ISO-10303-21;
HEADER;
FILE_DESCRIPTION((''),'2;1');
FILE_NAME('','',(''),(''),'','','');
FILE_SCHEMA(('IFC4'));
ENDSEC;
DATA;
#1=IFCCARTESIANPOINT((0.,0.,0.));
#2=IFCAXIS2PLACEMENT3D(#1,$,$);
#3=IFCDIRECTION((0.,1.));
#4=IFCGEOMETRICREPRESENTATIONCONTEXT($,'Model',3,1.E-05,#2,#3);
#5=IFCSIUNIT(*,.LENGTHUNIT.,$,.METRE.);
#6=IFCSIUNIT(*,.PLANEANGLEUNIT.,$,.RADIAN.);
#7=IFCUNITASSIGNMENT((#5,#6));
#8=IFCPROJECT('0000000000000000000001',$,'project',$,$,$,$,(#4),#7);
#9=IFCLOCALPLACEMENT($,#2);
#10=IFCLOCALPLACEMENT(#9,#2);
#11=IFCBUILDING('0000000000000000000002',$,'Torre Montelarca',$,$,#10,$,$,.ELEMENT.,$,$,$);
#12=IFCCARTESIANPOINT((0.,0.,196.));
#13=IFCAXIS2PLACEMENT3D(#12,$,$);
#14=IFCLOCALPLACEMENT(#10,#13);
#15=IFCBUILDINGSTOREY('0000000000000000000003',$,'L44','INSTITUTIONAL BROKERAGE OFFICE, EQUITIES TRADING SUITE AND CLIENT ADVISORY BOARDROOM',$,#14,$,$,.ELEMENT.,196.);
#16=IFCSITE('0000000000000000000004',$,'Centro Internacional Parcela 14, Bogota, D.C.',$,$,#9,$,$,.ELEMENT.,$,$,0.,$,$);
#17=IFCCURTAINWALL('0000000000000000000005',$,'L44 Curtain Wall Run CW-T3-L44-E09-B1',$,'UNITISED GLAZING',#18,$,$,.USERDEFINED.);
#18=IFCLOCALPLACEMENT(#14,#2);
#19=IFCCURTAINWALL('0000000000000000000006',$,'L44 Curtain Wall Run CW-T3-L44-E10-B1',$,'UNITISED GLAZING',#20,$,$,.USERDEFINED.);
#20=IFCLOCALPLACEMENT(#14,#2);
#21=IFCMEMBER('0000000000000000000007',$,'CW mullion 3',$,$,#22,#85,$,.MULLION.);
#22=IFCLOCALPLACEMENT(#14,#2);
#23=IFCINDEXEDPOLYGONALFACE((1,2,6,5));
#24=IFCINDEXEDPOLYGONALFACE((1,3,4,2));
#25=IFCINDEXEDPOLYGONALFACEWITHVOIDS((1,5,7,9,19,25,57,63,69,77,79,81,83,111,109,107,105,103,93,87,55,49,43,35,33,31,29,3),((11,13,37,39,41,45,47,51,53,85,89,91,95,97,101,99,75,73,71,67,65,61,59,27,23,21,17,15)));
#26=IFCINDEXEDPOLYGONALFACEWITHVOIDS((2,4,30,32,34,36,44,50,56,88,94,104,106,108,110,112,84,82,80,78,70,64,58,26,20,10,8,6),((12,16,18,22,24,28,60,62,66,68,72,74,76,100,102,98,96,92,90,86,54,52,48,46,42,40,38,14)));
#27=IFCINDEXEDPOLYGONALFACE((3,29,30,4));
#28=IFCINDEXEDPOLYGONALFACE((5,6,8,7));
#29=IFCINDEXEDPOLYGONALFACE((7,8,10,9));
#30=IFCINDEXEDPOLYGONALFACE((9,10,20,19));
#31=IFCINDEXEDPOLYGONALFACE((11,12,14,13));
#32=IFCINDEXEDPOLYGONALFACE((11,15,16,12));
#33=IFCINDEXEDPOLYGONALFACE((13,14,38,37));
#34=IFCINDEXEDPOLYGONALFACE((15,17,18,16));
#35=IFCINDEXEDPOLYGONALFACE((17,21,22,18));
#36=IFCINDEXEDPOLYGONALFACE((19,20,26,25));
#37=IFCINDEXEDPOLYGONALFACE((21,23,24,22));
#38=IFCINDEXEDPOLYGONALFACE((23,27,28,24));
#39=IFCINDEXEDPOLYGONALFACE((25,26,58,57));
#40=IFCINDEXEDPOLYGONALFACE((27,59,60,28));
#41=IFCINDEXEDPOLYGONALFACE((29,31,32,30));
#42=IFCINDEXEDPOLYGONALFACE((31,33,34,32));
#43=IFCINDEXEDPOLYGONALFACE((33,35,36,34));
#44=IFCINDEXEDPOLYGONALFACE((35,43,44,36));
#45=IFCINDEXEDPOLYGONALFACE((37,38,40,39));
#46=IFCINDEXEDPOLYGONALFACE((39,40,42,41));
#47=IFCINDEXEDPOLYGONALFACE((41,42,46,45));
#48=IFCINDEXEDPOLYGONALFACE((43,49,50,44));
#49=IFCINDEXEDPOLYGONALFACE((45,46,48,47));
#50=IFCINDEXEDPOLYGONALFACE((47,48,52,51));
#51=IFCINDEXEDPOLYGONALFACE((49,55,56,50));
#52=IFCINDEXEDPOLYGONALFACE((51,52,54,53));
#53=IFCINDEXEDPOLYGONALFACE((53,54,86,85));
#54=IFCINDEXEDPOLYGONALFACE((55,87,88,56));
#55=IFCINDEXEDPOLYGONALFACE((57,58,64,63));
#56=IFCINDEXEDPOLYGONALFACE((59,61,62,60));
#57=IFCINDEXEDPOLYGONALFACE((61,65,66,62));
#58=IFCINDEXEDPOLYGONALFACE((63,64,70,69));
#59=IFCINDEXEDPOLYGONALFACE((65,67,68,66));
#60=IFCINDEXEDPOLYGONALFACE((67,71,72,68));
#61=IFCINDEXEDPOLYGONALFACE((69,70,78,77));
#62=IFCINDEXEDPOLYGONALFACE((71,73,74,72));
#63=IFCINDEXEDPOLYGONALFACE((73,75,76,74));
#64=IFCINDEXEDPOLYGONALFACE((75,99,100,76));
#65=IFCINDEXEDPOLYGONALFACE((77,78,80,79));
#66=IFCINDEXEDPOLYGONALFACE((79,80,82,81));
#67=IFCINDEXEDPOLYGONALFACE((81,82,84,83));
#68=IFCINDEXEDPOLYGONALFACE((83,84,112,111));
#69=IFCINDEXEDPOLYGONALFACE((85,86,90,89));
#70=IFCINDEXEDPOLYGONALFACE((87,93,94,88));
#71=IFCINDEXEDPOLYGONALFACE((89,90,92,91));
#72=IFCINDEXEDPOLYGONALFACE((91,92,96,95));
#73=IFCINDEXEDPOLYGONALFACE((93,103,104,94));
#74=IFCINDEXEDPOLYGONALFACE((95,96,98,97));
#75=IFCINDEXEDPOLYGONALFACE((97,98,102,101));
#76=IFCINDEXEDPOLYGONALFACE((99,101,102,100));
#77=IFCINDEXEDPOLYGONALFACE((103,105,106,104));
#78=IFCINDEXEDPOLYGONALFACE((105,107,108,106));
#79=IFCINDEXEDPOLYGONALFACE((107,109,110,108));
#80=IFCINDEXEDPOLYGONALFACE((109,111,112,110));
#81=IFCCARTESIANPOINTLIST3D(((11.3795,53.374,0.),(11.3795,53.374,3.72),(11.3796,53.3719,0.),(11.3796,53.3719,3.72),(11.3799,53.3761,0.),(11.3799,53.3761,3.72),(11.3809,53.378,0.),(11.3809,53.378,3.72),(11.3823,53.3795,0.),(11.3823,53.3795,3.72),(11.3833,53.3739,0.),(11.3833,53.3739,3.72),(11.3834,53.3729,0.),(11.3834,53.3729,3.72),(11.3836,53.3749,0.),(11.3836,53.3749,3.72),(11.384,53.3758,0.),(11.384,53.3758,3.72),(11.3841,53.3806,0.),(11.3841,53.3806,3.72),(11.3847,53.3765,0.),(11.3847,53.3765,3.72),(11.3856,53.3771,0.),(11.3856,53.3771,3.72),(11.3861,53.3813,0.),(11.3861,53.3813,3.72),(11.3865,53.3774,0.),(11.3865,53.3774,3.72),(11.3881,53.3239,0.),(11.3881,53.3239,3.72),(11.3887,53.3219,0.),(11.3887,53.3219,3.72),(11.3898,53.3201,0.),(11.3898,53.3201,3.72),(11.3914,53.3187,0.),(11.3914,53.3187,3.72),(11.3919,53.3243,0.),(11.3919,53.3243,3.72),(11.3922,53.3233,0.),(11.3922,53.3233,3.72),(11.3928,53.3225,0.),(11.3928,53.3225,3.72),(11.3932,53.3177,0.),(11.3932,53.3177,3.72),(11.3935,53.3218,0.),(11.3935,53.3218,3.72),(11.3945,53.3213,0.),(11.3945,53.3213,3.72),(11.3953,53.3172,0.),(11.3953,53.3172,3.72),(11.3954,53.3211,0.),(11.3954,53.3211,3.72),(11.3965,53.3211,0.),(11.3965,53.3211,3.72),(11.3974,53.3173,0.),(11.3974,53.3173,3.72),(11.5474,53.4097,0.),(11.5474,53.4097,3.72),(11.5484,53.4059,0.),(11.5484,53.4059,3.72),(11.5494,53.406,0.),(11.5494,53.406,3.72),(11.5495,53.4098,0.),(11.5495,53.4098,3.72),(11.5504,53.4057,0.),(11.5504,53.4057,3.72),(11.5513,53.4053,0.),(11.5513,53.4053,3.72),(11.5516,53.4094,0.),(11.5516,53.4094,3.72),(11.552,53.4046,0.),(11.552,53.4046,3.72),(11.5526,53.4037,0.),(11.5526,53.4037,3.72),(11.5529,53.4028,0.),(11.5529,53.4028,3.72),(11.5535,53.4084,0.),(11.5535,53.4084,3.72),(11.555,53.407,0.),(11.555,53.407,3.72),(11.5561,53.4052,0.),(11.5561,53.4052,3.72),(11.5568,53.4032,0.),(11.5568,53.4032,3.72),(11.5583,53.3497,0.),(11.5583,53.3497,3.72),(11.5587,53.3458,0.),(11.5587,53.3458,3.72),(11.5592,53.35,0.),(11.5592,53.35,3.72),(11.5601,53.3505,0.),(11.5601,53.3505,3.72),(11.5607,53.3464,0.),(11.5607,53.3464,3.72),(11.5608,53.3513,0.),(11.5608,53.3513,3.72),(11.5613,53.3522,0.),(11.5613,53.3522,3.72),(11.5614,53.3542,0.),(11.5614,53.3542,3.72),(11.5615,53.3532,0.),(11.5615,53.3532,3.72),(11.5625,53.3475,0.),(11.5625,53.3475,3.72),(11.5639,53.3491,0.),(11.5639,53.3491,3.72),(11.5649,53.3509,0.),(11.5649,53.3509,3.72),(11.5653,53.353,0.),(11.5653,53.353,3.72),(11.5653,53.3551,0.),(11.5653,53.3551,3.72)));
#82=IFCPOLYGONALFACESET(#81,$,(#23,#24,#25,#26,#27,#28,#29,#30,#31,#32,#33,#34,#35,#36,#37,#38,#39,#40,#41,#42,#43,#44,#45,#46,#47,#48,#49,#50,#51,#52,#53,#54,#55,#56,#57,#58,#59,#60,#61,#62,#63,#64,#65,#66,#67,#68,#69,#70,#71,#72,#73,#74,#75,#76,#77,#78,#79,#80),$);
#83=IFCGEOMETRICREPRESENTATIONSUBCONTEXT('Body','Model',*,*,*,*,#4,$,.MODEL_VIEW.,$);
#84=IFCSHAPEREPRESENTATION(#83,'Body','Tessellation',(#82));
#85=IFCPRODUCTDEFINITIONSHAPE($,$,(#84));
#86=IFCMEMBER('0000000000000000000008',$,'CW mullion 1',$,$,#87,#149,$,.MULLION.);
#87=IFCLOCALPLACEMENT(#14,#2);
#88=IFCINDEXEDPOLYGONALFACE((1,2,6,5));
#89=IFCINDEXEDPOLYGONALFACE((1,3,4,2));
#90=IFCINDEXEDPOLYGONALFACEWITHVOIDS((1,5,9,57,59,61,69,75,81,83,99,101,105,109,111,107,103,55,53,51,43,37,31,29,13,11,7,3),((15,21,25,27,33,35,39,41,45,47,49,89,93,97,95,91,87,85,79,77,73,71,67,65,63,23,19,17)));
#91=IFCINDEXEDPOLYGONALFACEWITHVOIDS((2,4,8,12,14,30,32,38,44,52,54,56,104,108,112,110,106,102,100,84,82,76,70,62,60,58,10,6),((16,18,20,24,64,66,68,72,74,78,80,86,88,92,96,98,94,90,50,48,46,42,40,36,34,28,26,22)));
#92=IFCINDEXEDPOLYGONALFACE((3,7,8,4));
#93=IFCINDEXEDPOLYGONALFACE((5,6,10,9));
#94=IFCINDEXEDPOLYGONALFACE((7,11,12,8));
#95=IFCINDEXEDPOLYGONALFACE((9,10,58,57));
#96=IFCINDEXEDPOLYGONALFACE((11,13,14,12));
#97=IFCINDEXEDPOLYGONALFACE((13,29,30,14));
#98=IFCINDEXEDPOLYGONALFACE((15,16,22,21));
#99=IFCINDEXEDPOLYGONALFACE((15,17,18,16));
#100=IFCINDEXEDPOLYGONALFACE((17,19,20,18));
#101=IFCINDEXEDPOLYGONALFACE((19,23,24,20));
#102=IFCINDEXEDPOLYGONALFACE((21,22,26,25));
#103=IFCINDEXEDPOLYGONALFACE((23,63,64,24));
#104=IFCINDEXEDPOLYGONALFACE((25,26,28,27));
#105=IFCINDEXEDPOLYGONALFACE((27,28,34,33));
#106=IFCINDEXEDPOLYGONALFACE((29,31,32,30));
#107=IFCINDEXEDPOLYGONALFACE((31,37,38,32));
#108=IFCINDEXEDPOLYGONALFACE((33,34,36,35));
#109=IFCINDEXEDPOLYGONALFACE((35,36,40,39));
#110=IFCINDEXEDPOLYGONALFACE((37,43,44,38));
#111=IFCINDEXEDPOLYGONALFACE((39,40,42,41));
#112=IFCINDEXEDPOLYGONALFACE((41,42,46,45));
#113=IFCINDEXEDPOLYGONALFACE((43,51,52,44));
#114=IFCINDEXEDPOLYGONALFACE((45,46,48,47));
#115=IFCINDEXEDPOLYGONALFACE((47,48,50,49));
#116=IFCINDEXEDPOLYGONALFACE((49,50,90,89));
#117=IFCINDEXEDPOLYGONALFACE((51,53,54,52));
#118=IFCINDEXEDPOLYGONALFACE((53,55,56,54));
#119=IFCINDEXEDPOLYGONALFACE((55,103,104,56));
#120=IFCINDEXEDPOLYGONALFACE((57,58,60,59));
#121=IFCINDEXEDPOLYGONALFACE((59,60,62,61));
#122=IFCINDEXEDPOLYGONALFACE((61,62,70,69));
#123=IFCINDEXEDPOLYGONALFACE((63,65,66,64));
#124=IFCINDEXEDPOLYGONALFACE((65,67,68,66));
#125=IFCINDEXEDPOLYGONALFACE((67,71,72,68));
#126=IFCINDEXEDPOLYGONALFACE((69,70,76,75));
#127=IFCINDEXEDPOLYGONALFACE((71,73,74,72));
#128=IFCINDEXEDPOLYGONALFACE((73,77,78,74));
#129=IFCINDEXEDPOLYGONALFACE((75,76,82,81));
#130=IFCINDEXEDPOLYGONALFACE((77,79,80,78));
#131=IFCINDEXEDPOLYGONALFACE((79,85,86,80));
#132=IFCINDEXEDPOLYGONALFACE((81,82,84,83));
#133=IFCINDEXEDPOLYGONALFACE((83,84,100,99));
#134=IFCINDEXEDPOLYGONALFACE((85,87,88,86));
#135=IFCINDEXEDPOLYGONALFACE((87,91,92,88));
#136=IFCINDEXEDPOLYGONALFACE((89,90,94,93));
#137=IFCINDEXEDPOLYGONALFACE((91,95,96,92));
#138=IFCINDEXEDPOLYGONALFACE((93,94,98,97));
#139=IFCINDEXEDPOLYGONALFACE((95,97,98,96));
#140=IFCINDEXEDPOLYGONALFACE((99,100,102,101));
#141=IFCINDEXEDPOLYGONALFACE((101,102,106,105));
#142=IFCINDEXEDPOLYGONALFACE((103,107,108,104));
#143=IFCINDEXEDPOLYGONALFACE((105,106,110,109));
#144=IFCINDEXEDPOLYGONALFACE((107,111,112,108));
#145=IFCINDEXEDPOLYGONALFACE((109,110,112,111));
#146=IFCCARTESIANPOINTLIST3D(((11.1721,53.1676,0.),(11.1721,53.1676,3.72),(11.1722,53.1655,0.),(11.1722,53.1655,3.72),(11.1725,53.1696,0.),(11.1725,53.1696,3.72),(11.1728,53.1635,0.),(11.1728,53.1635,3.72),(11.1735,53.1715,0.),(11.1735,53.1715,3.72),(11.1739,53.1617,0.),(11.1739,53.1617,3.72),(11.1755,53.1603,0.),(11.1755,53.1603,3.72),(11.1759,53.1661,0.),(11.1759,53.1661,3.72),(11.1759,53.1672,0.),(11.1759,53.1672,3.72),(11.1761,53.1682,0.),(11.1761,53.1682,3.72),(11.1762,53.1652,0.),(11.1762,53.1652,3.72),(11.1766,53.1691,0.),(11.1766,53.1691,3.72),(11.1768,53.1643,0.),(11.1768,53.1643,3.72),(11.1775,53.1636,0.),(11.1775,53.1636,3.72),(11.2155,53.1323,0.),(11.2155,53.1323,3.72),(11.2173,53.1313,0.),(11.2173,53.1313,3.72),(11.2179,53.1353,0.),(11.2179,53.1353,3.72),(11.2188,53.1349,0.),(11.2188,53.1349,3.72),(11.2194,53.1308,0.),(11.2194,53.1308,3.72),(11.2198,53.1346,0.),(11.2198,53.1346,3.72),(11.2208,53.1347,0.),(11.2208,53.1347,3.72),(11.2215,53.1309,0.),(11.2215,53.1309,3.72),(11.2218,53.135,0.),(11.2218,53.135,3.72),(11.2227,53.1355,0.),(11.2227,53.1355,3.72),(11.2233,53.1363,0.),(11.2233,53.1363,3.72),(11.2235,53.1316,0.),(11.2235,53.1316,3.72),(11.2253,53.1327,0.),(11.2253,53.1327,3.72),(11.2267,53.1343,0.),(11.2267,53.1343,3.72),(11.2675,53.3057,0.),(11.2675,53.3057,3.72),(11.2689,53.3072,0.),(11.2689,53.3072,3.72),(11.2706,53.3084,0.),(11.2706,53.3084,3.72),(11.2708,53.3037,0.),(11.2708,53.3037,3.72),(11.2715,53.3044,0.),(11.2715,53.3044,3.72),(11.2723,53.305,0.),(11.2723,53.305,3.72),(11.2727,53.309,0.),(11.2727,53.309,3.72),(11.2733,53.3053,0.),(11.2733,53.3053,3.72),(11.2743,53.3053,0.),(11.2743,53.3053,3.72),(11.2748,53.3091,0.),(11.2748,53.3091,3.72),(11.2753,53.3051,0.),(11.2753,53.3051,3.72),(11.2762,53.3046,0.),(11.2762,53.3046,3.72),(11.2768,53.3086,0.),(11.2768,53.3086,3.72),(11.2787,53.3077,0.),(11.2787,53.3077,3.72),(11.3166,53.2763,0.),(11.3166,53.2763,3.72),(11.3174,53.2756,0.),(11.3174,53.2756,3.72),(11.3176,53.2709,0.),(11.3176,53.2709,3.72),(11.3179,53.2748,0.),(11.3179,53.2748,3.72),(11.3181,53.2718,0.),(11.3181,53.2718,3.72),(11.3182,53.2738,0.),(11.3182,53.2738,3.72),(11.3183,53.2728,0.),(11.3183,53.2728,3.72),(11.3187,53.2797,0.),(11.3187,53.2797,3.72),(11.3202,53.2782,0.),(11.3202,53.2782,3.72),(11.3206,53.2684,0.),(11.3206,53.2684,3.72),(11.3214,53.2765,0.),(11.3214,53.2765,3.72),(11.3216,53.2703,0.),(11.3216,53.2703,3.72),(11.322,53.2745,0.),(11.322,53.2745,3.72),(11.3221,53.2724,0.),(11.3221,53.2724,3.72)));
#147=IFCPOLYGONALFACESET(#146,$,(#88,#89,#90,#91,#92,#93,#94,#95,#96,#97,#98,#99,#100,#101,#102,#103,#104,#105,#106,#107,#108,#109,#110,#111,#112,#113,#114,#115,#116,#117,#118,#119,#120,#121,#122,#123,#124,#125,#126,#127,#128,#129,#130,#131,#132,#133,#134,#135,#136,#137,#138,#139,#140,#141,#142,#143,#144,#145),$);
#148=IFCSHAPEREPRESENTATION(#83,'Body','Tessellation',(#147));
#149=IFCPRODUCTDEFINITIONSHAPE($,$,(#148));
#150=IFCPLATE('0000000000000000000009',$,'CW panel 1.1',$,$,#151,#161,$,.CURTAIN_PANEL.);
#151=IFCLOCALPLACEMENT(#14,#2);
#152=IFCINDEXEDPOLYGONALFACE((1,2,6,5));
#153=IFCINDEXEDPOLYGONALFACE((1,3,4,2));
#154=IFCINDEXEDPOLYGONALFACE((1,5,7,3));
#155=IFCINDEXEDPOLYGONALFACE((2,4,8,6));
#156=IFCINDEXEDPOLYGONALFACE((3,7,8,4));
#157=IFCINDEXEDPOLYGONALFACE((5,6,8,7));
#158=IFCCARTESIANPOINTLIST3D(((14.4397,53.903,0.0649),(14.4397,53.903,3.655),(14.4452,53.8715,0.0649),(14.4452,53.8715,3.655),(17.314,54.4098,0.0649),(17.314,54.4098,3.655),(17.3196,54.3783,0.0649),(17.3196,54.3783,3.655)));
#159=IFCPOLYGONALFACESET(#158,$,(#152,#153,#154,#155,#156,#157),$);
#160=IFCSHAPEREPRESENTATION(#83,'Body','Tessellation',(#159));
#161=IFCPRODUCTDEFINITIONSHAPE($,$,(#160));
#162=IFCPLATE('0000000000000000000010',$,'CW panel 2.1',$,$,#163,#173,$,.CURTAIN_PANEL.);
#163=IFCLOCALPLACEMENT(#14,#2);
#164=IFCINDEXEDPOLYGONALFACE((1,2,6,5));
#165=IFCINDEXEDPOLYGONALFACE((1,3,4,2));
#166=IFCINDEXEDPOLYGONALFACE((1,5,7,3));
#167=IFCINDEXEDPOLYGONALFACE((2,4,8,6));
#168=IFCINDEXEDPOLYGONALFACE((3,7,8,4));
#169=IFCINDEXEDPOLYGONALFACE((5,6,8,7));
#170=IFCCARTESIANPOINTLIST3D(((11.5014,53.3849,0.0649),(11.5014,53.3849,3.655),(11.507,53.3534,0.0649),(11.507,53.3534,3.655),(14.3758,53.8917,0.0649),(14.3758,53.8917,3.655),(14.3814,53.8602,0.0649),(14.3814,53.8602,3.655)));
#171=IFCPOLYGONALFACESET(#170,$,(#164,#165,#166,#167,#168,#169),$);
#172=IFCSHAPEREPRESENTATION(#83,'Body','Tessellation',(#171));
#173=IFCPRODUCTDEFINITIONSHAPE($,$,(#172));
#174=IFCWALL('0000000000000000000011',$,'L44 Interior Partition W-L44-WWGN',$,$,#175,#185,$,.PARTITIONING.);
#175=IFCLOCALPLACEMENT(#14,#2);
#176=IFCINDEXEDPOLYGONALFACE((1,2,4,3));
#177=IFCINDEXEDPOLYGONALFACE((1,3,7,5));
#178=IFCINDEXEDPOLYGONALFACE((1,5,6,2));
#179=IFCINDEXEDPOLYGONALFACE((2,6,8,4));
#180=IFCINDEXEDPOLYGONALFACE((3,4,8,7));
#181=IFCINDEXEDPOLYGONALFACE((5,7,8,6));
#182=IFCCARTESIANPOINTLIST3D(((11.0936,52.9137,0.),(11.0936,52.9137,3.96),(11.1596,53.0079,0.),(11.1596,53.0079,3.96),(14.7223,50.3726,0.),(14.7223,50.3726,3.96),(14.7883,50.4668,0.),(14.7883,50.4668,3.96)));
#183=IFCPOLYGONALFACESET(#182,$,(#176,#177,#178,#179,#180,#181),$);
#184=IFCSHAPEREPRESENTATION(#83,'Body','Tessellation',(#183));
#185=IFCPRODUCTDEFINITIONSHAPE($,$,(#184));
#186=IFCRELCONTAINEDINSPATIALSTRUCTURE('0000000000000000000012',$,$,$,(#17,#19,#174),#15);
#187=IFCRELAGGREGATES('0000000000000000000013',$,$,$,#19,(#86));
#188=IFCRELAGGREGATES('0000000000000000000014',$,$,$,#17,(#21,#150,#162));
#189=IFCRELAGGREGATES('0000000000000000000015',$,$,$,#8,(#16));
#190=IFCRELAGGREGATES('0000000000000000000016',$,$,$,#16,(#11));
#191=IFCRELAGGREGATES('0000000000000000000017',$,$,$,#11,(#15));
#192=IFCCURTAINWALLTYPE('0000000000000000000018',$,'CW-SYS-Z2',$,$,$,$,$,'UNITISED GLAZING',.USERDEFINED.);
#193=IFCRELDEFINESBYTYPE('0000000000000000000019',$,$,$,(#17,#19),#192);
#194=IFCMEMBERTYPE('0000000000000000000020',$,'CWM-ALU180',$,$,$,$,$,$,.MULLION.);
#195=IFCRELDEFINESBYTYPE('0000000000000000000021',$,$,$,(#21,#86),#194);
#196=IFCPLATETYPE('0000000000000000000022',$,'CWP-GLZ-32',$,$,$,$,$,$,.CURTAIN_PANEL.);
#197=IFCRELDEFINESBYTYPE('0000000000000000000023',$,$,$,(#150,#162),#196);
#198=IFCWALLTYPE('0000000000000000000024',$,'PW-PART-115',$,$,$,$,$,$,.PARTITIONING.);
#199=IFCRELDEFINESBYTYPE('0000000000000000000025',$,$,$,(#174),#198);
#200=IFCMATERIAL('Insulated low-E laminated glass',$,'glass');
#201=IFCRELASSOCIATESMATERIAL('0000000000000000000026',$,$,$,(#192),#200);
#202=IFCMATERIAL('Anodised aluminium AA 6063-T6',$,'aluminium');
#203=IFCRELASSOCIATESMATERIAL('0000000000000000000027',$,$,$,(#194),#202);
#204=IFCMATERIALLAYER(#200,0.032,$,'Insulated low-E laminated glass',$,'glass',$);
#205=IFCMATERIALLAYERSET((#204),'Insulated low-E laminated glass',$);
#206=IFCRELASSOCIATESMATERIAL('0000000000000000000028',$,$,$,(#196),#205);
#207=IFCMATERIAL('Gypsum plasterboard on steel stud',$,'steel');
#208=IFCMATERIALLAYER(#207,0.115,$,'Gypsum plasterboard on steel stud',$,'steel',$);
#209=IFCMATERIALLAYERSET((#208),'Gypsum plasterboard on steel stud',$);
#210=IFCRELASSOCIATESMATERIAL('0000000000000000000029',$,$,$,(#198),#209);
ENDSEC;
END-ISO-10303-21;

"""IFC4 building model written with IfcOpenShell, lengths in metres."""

from ifc_helpers import new_model, si_unit, direction, frame, frame_2d, origin, origin_2d, place, context, subcontext, project, spatial, rectangle, hollow_rectangle, extrude, source, transform, mapped, material, layer, layer_set, material_profile, profile_set, type_object, element, aggregate, save


model = new_model("IFC4")

# Units and contexts
model_context = context("Model", 3, precision=1e-05, world=origin(), true_north=direction((0.0, 1.0)))
body_context = subcontext(model_context, "Body", "Model", "MODEL_VIEW")
ifc_project = project(units=[si_unit("LENGTHUNIT", "METRE"), si_unit("PLANEANGLEUNIT", "RADIAN")], contexts=[model_context])

# Site, building, storey
site_placement = place(None, origin())
site = spatial("IfcSite", under=ifc_project, at=site_placement, Name="Centro Internacional Parcela 14, Bogota, D.C.", CompositionType="ELEMENT", RefElevation=0.0)
building_placement = place(site_placement, origin())
building = spatial("IfcBuilding", under=site, at=building_placement, Name="Torre Montelarca", CompositionType="ELEMENT")
storey_placement = place(building_placement, frame((0.0, 0.0, 196.0)))
storey = spatial("IfcBuildingStorey", under=building, at=storey_placement, Name="L44", Description="INSTITUTIONAL BROKERAGE OFFICE, EQUITIES TRADING SUITE AND CLIENT ADVISORY BOARDROOM", CompositionType="ELEMENT", Elevation=196.0)

# Curtain walls
ifc_material_1 = material(Name="Insulated low-E laminated glass", Category="glass")
curtain_wall_type = type_object("IfcCurtainWallType", Name="CW-SYS-Z2", ElementType="UNITISED GLAZING", PredefinedType="USERDEFINED", material=ifc_material_1)
curtain_wall_1_placement = place(storey_placement, origin())
curtain_wall_1 = element("IfcCurtainWall", 1, at=curtain_wall_1_placement, inside=storey, type_object=curtain_wall_type, Name="L44 Curtain Wall Run CW-T3-L44-E09-B1", ObjectType="UNITISED GLAZING", PredefinedType="USERDEFINED")
ifc_material_2 = material(Name="Anodised aluminium AA 6063-T6", Category="aluminium")
curtain_wall_2_placement = place(storey_placement, origin())
curtain_wall_2 = element("IfcCurtainWall", 2, at=curtain_wall_2_placement, inside=storey, type_object=curtain_wall_type, Name="L44 Curtain Wall Run CW-T3-L44-E10-B1", ObjectType="UNITISED GLAZING", PredefinedType="USERDEFINED")

# Members
ifc_material_profile_1 = material_profile(ifc_material_2, hollow_rectangle(XDim=0.0649, YDim=0.1799, WallThickness=0.0039, InnerFilletRadius=0.0039, OuterFilletRadius=0.0081, at=origin_2d()), Name="ALU65X180X4", Category="aluminium")
ifc_profile_set_1 = profile_set([ifc_material_profile_1], Name="Anodised aluminium AA 6063-T6")
member_type_1 = type_object("IfcMemberType", Name="CWM-ALU180", PredefinedType="MULLION", material=ifc_profile_set_1)
shared_shape_1 = source(origin(), body_context, "Body", "SweptSolid", [
    extrude(hollow_rectangle(XDim=0.0649, YDim=0.1799, WallThickness=0.0039, InnerFilletRadius=0.0039, OuterFilletRadius=0.0081, at=origin_2d()), origin(), (0.0, 0.0, 1.0), 3.72),
])
member_1_placement = place(storey_placement, frame((11.4724, 53.3635, 0.0), z_axis=(0.0, 0.0, 1.0), x_axis=(0.173634, -0.98481, 0.0)))
member_1 = element("IfcMember", 3, at=member_1_placement, type_object=member_type_1, Name="CW mullion 3", PredefinedType="MULLION", context=body_context, shape_type="MappedRepresentation", body=[
    mapped(shared_shape_1, transform((0.0, 0.0, 0.0), scale=1.0)),
])
member_2_placement = place(storey_placement, frame((11.2471, 53.22, 0.0), z_axis=(0.0, 0.0, 1.0), x_axis=(0.819158, -0.573569, 0.0)))
member_2 = element("IfcMember", 4, at=member_2_placement, type_object=member_type_1, Name="CW mullion 1", PredefinedType="MULLION", context=body_context, shape_type="MappedRepresentation", body=[
    mapped(shared_shape_1, transform((0.0, 0.0, 0.0), scale=1.0)),
])
aggregate(curtain_wall_2, [member_2])

# Plates
ifc_layer_1 = layer(ifc_material_1, 0.032, Name="Insulated low-E laminated glass", Category="glass")
ifc_layer_set_1 = layer_set([ifc_layer_1], Name="Insulated low-E laminated glass")
plate_type = type_object("IfcPlateType", Name="CWP-GLZ-32", PredefinedType="CURTAIN_PANEL", material=ifc_layer_set_1)
shared_shape_2 = source(origin(), body_context, "Body", "SweptSolid", [
    extrude(rectangle(XDim=2.9187, YDim=0.032, at=origin_2d()), origin(), (0.0, 0.0, 1.0), 3.5901),
])
plate_1_placement = place(storey_placement, frame((15.8796, 54.1406, 0.0649), z_axis=(0.0, 0.0, 1.0), x_axis=(-0.98481, -0.173634, 0.0)))
plate_1 = element("IfcPlate", 5, at=plate_1_placement, type_object=plate_type, Name="CW panel 1.1", PredefinedType="CURTAIN_PANEL", context=body_context, shape_type="MappedRepresentation", body=[
    mapped(shared_shape_2, transform((0.0, 0.0, 0.0), scale=1.0)),
])
plate_2_placement = place(storey_placement, frame((12.9414, 53.6226, 0.0649), z_axis=(0.0, 0.0, 1.0), x_axis=(-0.98481, -0.173634, 0.0)))
plate_2 = element("IfcPlate", 6, at=plate_2_placement, type_object=plate_type, Name="CW panel 2.1", PredefinedType="CURTAIN_PANEL", context=body_context, shape_type="MappedRepresentation", body=[
    mapped(shared_shape_2, transform((0.0, 0.0, 0.0), scale=1.0)),
])
aggregate(curtain_wall_1, [member_1, plate_1, plate_2])

# Wall
ifc_material_3 = material(Name="Gypsum plasterboard on steel stud", Category="steel")
ifc_layer_2 = layer(ifc_material_3, 0.115, Name="Gypsum plasterboard on steel stud", Category="steel")
ifc_layer_set_2 = layer_set([ifc_layer_2], Name="Gypsum plasterboard on steel stud")
wall_type = type_object("IfcWallType", Name="PW-PART-115", PredefinedType="PARTITIONING", material=ifc_layer_set_2)
wall_placement = place(storey_placement, frame((11.1267, 52.9607, 0.0), z_axis=(0.0, 0.0, 1.0), x_axis=(0.819131, -0.573607, 0.0)))
element("IfcWall", 7, at=wall_placement, inside=storey, type_object=wall_type, Name="L44 Interior Partition W-L44-WWGN", PredefinedType="PARTITIONING", context=body_context, shape_type="SweptSolid", body=[
    extrude(rectangle(XDim=4.4299, YDim=0.115, at=frame_2d((2.2148, 0.0))), origin(), (0.0, 0.0, 1.0), 3.96),
])

save(model, "model.ifc")
